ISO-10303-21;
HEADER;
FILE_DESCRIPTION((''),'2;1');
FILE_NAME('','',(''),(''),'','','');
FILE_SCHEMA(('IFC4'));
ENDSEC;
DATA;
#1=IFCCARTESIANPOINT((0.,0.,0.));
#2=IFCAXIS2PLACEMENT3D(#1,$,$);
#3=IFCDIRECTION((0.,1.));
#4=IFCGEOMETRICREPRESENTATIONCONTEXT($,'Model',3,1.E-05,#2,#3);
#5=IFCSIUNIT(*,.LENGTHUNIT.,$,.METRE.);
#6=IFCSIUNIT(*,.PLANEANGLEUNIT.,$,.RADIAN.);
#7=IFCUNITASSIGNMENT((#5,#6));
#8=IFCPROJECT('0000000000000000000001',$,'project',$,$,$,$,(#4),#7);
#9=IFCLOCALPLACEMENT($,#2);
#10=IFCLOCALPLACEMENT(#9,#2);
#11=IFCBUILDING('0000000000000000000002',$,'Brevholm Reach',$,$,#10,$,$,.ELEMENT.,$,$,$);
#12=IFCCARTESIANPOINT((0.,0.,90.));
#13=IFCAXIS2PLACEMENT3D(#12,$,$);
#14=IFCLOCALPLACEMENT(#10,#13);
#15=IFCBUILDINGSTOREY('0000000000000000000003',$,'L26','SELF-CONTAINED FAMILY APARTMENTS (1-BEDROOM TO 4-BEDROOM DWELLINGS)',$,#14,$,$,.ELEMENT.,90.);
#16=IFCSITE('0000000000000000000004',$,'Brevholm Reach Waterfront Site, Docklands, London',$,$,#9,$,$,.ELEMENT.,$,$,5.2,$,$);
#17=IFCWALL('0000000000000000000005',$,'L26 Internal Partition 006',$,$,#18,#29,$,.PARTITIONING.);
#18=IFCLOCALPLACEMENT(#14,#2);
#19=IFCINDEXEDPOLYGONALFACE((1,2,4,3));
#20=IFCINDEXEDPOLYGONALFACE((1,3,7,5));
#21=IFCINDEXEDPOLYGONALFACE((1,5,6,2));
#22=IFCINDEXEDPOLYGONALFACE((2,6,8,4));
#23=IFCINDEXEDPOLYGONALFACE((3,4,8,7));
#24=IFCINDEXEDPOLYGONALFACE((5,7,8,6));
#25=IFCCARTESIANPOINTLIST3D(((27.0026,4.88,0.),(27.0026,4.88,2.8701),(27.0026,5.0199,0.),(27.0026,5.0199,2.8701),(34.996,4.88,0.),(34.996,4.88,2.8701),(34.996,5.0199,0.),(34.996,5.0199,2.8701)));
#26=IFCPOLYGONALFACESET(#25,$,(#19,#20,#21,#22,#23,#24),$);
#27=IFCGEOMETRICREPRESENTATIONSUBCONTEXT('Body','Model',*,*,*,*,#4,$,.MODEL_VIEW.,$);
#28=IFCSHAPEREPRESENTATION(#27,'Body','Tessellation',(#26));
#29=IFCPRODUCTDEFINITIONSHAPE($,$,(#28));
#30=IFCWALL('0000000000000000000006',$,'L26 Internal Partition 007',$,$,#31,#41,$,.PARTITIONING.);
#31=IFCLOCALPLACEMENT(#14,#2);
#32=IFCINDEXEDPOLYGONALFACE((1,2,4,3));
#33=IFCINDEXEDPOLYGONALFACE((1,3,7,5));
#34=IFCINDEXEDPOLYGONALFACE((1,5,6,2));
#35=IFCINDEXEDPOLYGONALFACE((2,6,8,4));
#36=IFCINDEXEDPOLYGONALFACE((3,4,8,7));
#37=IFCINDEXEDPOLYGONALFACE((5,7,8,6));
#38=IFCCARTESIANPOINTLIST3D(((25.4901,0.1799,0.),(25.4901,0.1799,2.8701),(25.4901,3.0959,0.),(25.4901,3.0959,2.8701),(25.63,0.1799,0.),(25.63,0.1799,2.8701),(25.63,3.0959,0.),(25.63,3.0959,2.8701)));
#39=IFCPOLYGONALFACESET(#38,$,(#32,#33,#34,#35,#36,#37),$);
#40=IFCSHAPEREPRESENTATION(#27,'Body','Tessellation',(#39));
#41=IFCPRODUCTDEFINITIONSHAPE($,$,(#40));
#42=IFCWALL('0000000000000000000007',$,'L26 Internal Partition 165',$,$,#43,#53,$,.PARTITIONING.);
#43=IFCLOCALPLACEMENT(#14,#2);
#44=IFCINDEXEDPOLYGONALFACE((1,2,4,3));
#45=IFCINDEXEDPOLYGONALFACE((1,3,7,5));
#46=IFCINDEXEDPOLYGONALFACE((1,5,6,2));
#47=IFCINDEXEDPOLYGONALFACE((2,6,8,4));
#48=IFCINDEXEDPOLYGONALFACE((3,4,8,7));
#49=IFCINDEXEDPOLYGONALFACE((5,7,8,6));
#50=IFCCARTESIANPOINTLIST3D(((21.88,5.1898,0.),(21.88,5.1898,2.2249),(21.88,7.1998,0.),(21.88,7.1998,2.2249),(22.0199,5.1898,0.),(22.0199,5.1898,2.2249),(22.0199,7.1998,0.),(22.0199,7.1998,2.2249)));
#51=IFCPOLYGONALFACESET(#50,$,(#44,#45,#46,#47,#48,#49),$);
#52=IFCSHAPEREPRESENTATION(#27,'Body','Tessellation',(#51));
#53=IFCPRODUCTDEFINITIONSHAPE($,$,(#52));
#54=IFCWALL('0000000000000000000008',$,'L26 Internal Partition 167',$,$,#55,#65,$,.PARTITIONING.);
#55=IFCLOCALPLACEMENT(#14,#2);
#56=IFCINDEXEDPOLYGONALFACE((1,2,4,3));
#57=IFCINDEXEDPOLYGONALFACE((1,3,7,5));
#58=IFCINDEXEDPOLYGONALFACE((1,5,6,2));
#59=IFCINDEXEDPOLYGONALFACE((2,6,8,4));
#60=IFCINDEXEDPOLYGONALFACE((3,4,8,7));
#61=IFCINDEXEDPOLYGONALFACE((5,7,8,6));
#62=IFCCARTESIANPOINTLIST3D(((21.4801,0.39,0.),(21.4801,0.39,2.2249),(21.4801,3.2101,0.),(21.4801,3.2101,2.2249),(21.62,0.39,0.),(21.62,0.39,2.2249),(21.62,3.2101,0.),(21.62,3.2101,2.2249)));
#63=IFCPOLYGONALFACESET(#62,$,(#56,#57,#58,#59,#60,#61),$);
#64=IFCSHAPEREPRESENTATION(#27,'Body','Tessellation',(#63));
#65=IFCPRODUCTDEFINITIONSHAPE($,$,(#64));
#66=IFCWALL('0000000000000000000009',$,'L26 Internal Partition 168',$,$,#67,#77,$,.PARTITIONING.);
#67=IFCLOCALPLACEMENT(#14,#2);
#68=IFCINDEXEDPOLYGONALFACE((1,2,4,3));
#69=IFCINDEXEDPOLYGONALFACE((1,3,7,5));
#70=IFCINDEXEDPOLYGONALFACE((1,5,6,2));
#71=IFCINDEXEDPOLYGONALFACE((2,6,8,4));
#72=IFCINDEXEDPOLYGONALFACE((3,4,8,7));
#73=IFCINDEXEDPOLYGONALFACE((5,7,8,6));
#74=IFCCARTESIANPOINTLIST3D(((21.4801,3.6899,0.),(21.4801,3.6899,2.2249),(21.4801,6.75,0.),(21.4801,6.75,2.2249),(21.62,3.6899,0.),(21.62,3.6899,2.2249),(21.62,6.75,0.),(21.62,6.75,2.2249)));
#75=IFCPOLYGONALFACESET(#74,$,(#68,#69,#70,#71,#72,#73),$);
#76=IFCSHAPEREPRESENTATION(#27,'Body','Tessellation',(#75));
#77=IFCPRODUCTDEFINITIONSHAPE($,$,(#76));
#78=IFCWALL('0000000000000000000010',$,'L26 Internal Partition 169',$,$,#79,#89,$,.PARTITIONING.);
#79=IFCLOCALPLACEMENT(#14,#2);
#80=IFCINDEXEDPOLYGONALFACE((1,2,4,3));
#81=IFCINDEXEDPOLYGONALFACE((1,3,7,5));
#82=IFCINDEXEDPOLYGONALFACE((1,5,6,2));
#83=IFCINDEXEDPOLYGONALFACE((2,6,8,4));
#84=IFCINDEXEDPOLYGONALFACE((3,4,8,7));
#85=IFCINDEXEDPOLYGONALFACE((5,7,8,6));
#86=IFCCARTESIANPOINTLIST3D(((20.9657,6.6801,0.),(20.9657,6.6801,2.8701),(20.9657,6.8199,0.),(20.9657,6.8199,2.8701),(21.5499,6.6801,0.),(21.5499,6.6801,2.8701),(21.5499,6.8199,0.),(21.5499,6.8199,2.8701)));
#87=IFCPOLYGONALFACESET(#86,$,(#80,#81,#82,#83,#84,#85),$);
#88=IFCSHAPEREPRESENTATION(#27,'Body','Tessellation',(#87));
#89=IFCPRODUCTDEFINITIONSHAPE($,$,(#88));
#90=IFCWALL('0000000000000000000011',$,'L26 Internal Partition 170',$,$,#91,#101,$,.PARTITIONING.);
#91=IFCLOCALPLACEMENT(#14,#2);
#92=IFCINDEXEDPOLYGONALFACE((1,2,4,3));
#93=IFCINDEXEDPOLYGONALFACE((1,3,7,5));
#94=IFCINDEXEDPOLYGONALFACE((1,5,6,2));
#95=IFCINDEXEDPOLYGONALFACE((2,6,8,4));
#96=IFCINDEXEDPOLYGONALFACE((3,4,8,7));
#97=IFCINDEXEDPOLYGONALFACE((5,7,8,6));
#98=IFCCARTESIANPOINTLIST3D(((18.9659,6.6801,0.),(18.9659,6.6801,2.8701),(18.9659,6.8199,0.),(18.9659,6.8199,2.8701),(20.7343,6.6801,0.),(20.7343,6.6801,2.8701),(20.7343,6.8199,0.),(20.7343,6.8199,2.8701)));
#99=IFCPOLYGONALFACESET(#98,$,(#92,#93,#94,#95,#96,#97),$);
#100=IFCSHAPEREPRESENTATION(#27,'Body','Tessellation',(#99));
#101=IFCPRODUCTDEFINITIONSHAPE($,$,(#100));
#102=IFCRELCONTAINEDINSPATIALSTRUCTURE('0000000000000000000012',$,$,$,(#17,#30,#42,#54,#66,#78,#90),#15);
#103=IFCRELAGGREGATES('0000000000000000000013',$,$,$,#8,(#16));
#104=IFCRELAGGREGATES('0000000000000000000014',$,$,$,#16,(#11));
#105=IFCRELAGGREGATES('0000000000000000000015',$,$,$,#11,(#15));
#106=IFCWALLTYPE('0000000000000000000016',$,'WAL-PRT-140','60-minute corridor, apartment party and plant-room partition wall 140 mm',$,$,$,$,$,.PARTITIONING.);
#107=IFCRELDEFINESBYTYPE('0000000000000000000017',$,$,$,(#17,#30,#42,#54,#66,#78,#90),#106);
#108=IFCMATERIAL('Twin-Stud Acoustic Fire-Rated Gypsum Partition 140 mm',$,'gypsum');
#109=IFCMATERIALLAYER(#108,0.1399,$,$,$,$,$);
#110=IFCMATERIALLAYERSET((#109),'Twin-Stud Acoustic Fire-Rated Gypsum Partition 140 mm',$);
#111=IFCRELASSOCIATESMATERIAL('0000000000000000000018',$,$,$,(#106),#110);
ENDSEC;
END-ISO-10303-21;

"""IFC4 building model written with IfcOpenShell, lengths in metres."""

from ifc_helpers import new_model, si_unit, direction, frame, frame_2d, origin, place, context, subcontext, project, spatial, rectangle, extrude, material, layer, layer_set, type_object, element, save


model = new_model("IFC4")

# Units and contexts
model_context = context("Model", 3, precision=1e-05, world=origin(), true_north=direction((0.0, 1.0)))
body_context = subcontext(model_context, "Body", "Model", "MODEL_VIEW")
ifc_project = project(units=[si_unit("LENGTHUNIT", "METRE"), si_unit("PLANEANGLEUNIT", "RADIAN")], contexts=[model_context])

# Site, building, storey
site_placement = place(None, origin())
site = spatial("IfcSite", under=ifc_project, at=site_placement, Name="Brevholm Reach Waterfront Site, Docklands, London", CompositionType="ELEMENT", RefElevation=5.2)
building_placement = place(site_placement, origin())
building = spatial("IfcBuilding", under=site, at=building_placement, Name="Brevholm Reach", CompositionType="ELEMENT")
storey_placement = place(building_placement, frame((0.0, 0.0, 90.0)))
storey = spatial("IfcBuildingStorey", under=building, at=storey_placement, Name="L26", Description="SELF-CONTAINED FAMILY APARTMENTS (1-BEDROOM TO 4-BEDROOM DWELLINGS)", CompositionType="ELEMENT", Elevation=90.0)

# Shared definitions
ifc_material_1 = material(Name="Twin-Stud Acoustic Fire-Rated Gypsum Partition 140 mm", Category="gypsum")
ifc_layer_1 = layer(ifc_material_1, 0.1399)
ifc_layer_set_1 = layer_set([ifc_layer_1], Name="Twin-Stud Acoustic Fire-Rated Gypsum Partition 140 mm")
wall_type_1 = type_object("IfcWallType", Name="WAL-PRT-140", Description="60-minute corridor, apartment party and plant-room partition wall 140 mm", PredefinedType="PARTITIONING", material=ifc_layer_set_1)

# Walls
wall_1_placement = place(storey_placement, frame((27.0027, 4.95, 0.0), z_axis=(0.0, 0.0, 1.0), x_axis=(1.0, 0.0, 0.0)))
element("IfcWall", 1, at=wall_1_placement, inside=storey, type_object=wall_type_1, Name="L26 Internal Partition 006", PredefinedType="PARTITIONING", context=body_context, shape_type="SweptSolid", body=[
    extrude(rectangle(XDim=7.9934, YDim=0.1399, at=frame_2d((3.9966, 0.0))), origin(), (0.0, 0.0, 1.0), 2.8701),
])
wall_2_placement = place(storey_placement, frame((25.5601, 0.1799, 0.0), z_axis=(0.0, 0.0, 1.0), x_axis=(0.0, 1.0, 0.0)))
element("IfcWall", 2, at=wall_2_placement, inside=storey, type_object=wall_type_1, Name="L26 Internal Partition 007", PredefinedType="PARTITIONING", context=body_context, shape_type="SweptSolid", body=[
    extrude(rectangle(XDim=2.916, YDim=0.1399, at=frame_2d((1.458, 0.0))), origin(), (0.0, 0.0, 1.0), 2.8701),
])
wall_3_placement = place(storey_placement, frame((21.95, 5.1899, 0.0), z_axis=(0.0, 0.0, 1.0), x_axis=(0.0, 1.0, 0.0)))
element("IfcWall", 3, at=wall_3_placement, inside=storey, type_object=wall_type_1, Name="L26 Internal Partition 165", PredefinedType="PARTITIONING", context=body_context, shape_type="SweptSolid", body=[
    extrude(rectangle(XDim=2.01, YDim=0.1399, at=frame_2d((1.0049, 0.0))), origin(), (0.0, 0.0, 1.0), 2.2249),
])
wall_4_placement = place(storey_placement, frame((21.55, 0.3899, 0.0), z_axis=(0.0, 0.0, 1.0), x_axis=(0.0, 1.0, 0.0)))
element("IfcWall", 4, at=wall_4_placement, inside=storey, type_object=wall_type_1, Name="L26 Internal Partition 167", PredefinedType="PARTITIONING", context=body_context, shape_type="SweptSolid", body=[
    extrude(rectangle(XDim=2.8201, YDim=0.1399, at=frame_2d((1.4102, 0.0))), origin(), (0.0, 0.0, 1.0), 2.2249),
])
wall_5_placement = place(storey_placement, frame((21.55, 3.6899, 0.0), z_axis=(0.0, 0.0, 1.0), x_axis=(0.0, 1.0, 0.0)))
element("IfcWall", 5, at=wall_5_placement, inside=storey, type_object=wall_type_1, Name="L26 Internal Partition 168", PredefinedType="PARTITIONING", context=body_context, shape_type="SweptSolid", body=[
    extrude(rectangle(XDim=3.0601, YDim=0.1399, at=frame_2d((1.53, 0.0))), origin(), (0.0, 0.0, 1.0), 2.2249),
])
wall_6_placement = place(storey_placement, frame((20.9658, 6.75, 0.0), z_axis=(0.0, 0.0, 1.0), x_axis=(1.0, 0.0, 0.0)))
element("IfcWall", 6, at=wall_6_placement, inside=storey, type_object=wall_type_1, Name="L26 Internal Partition 169", PredefinedType="PARTITIONING", context=body_context, shape_type="SweptSolid", body=[
    extrude(rectangle(XDim=0.5842, YDim=0.1399, at=frame_2d((0.292, 0.0))), origin(), (0.0, 0.0, 1.0), 2.8701),
])
wall_7_placement = place(storey_placement, frame((18.9658, 6.75, 0.0), z_axis=(0.0, 0.0, 1.0), x_axis=(1.0, 0.0, 0.0)))
element("IfcWall", 7, at=wall_7_placement, inside=storey, type_object=wall_type_1, Name="L26 Internal Partition 170", PredefinedType="PARTITIONING", context=body_context, shape_type="SweptSolid", body=[
    extrude(rectangle(XDim=1.7683, YDim=0.1399, at=frame_2d((0.8843, 0.0))), origin(), (0.0, 0.0, 1.0), 2.8701),
])

save(model, "model.ifc")
